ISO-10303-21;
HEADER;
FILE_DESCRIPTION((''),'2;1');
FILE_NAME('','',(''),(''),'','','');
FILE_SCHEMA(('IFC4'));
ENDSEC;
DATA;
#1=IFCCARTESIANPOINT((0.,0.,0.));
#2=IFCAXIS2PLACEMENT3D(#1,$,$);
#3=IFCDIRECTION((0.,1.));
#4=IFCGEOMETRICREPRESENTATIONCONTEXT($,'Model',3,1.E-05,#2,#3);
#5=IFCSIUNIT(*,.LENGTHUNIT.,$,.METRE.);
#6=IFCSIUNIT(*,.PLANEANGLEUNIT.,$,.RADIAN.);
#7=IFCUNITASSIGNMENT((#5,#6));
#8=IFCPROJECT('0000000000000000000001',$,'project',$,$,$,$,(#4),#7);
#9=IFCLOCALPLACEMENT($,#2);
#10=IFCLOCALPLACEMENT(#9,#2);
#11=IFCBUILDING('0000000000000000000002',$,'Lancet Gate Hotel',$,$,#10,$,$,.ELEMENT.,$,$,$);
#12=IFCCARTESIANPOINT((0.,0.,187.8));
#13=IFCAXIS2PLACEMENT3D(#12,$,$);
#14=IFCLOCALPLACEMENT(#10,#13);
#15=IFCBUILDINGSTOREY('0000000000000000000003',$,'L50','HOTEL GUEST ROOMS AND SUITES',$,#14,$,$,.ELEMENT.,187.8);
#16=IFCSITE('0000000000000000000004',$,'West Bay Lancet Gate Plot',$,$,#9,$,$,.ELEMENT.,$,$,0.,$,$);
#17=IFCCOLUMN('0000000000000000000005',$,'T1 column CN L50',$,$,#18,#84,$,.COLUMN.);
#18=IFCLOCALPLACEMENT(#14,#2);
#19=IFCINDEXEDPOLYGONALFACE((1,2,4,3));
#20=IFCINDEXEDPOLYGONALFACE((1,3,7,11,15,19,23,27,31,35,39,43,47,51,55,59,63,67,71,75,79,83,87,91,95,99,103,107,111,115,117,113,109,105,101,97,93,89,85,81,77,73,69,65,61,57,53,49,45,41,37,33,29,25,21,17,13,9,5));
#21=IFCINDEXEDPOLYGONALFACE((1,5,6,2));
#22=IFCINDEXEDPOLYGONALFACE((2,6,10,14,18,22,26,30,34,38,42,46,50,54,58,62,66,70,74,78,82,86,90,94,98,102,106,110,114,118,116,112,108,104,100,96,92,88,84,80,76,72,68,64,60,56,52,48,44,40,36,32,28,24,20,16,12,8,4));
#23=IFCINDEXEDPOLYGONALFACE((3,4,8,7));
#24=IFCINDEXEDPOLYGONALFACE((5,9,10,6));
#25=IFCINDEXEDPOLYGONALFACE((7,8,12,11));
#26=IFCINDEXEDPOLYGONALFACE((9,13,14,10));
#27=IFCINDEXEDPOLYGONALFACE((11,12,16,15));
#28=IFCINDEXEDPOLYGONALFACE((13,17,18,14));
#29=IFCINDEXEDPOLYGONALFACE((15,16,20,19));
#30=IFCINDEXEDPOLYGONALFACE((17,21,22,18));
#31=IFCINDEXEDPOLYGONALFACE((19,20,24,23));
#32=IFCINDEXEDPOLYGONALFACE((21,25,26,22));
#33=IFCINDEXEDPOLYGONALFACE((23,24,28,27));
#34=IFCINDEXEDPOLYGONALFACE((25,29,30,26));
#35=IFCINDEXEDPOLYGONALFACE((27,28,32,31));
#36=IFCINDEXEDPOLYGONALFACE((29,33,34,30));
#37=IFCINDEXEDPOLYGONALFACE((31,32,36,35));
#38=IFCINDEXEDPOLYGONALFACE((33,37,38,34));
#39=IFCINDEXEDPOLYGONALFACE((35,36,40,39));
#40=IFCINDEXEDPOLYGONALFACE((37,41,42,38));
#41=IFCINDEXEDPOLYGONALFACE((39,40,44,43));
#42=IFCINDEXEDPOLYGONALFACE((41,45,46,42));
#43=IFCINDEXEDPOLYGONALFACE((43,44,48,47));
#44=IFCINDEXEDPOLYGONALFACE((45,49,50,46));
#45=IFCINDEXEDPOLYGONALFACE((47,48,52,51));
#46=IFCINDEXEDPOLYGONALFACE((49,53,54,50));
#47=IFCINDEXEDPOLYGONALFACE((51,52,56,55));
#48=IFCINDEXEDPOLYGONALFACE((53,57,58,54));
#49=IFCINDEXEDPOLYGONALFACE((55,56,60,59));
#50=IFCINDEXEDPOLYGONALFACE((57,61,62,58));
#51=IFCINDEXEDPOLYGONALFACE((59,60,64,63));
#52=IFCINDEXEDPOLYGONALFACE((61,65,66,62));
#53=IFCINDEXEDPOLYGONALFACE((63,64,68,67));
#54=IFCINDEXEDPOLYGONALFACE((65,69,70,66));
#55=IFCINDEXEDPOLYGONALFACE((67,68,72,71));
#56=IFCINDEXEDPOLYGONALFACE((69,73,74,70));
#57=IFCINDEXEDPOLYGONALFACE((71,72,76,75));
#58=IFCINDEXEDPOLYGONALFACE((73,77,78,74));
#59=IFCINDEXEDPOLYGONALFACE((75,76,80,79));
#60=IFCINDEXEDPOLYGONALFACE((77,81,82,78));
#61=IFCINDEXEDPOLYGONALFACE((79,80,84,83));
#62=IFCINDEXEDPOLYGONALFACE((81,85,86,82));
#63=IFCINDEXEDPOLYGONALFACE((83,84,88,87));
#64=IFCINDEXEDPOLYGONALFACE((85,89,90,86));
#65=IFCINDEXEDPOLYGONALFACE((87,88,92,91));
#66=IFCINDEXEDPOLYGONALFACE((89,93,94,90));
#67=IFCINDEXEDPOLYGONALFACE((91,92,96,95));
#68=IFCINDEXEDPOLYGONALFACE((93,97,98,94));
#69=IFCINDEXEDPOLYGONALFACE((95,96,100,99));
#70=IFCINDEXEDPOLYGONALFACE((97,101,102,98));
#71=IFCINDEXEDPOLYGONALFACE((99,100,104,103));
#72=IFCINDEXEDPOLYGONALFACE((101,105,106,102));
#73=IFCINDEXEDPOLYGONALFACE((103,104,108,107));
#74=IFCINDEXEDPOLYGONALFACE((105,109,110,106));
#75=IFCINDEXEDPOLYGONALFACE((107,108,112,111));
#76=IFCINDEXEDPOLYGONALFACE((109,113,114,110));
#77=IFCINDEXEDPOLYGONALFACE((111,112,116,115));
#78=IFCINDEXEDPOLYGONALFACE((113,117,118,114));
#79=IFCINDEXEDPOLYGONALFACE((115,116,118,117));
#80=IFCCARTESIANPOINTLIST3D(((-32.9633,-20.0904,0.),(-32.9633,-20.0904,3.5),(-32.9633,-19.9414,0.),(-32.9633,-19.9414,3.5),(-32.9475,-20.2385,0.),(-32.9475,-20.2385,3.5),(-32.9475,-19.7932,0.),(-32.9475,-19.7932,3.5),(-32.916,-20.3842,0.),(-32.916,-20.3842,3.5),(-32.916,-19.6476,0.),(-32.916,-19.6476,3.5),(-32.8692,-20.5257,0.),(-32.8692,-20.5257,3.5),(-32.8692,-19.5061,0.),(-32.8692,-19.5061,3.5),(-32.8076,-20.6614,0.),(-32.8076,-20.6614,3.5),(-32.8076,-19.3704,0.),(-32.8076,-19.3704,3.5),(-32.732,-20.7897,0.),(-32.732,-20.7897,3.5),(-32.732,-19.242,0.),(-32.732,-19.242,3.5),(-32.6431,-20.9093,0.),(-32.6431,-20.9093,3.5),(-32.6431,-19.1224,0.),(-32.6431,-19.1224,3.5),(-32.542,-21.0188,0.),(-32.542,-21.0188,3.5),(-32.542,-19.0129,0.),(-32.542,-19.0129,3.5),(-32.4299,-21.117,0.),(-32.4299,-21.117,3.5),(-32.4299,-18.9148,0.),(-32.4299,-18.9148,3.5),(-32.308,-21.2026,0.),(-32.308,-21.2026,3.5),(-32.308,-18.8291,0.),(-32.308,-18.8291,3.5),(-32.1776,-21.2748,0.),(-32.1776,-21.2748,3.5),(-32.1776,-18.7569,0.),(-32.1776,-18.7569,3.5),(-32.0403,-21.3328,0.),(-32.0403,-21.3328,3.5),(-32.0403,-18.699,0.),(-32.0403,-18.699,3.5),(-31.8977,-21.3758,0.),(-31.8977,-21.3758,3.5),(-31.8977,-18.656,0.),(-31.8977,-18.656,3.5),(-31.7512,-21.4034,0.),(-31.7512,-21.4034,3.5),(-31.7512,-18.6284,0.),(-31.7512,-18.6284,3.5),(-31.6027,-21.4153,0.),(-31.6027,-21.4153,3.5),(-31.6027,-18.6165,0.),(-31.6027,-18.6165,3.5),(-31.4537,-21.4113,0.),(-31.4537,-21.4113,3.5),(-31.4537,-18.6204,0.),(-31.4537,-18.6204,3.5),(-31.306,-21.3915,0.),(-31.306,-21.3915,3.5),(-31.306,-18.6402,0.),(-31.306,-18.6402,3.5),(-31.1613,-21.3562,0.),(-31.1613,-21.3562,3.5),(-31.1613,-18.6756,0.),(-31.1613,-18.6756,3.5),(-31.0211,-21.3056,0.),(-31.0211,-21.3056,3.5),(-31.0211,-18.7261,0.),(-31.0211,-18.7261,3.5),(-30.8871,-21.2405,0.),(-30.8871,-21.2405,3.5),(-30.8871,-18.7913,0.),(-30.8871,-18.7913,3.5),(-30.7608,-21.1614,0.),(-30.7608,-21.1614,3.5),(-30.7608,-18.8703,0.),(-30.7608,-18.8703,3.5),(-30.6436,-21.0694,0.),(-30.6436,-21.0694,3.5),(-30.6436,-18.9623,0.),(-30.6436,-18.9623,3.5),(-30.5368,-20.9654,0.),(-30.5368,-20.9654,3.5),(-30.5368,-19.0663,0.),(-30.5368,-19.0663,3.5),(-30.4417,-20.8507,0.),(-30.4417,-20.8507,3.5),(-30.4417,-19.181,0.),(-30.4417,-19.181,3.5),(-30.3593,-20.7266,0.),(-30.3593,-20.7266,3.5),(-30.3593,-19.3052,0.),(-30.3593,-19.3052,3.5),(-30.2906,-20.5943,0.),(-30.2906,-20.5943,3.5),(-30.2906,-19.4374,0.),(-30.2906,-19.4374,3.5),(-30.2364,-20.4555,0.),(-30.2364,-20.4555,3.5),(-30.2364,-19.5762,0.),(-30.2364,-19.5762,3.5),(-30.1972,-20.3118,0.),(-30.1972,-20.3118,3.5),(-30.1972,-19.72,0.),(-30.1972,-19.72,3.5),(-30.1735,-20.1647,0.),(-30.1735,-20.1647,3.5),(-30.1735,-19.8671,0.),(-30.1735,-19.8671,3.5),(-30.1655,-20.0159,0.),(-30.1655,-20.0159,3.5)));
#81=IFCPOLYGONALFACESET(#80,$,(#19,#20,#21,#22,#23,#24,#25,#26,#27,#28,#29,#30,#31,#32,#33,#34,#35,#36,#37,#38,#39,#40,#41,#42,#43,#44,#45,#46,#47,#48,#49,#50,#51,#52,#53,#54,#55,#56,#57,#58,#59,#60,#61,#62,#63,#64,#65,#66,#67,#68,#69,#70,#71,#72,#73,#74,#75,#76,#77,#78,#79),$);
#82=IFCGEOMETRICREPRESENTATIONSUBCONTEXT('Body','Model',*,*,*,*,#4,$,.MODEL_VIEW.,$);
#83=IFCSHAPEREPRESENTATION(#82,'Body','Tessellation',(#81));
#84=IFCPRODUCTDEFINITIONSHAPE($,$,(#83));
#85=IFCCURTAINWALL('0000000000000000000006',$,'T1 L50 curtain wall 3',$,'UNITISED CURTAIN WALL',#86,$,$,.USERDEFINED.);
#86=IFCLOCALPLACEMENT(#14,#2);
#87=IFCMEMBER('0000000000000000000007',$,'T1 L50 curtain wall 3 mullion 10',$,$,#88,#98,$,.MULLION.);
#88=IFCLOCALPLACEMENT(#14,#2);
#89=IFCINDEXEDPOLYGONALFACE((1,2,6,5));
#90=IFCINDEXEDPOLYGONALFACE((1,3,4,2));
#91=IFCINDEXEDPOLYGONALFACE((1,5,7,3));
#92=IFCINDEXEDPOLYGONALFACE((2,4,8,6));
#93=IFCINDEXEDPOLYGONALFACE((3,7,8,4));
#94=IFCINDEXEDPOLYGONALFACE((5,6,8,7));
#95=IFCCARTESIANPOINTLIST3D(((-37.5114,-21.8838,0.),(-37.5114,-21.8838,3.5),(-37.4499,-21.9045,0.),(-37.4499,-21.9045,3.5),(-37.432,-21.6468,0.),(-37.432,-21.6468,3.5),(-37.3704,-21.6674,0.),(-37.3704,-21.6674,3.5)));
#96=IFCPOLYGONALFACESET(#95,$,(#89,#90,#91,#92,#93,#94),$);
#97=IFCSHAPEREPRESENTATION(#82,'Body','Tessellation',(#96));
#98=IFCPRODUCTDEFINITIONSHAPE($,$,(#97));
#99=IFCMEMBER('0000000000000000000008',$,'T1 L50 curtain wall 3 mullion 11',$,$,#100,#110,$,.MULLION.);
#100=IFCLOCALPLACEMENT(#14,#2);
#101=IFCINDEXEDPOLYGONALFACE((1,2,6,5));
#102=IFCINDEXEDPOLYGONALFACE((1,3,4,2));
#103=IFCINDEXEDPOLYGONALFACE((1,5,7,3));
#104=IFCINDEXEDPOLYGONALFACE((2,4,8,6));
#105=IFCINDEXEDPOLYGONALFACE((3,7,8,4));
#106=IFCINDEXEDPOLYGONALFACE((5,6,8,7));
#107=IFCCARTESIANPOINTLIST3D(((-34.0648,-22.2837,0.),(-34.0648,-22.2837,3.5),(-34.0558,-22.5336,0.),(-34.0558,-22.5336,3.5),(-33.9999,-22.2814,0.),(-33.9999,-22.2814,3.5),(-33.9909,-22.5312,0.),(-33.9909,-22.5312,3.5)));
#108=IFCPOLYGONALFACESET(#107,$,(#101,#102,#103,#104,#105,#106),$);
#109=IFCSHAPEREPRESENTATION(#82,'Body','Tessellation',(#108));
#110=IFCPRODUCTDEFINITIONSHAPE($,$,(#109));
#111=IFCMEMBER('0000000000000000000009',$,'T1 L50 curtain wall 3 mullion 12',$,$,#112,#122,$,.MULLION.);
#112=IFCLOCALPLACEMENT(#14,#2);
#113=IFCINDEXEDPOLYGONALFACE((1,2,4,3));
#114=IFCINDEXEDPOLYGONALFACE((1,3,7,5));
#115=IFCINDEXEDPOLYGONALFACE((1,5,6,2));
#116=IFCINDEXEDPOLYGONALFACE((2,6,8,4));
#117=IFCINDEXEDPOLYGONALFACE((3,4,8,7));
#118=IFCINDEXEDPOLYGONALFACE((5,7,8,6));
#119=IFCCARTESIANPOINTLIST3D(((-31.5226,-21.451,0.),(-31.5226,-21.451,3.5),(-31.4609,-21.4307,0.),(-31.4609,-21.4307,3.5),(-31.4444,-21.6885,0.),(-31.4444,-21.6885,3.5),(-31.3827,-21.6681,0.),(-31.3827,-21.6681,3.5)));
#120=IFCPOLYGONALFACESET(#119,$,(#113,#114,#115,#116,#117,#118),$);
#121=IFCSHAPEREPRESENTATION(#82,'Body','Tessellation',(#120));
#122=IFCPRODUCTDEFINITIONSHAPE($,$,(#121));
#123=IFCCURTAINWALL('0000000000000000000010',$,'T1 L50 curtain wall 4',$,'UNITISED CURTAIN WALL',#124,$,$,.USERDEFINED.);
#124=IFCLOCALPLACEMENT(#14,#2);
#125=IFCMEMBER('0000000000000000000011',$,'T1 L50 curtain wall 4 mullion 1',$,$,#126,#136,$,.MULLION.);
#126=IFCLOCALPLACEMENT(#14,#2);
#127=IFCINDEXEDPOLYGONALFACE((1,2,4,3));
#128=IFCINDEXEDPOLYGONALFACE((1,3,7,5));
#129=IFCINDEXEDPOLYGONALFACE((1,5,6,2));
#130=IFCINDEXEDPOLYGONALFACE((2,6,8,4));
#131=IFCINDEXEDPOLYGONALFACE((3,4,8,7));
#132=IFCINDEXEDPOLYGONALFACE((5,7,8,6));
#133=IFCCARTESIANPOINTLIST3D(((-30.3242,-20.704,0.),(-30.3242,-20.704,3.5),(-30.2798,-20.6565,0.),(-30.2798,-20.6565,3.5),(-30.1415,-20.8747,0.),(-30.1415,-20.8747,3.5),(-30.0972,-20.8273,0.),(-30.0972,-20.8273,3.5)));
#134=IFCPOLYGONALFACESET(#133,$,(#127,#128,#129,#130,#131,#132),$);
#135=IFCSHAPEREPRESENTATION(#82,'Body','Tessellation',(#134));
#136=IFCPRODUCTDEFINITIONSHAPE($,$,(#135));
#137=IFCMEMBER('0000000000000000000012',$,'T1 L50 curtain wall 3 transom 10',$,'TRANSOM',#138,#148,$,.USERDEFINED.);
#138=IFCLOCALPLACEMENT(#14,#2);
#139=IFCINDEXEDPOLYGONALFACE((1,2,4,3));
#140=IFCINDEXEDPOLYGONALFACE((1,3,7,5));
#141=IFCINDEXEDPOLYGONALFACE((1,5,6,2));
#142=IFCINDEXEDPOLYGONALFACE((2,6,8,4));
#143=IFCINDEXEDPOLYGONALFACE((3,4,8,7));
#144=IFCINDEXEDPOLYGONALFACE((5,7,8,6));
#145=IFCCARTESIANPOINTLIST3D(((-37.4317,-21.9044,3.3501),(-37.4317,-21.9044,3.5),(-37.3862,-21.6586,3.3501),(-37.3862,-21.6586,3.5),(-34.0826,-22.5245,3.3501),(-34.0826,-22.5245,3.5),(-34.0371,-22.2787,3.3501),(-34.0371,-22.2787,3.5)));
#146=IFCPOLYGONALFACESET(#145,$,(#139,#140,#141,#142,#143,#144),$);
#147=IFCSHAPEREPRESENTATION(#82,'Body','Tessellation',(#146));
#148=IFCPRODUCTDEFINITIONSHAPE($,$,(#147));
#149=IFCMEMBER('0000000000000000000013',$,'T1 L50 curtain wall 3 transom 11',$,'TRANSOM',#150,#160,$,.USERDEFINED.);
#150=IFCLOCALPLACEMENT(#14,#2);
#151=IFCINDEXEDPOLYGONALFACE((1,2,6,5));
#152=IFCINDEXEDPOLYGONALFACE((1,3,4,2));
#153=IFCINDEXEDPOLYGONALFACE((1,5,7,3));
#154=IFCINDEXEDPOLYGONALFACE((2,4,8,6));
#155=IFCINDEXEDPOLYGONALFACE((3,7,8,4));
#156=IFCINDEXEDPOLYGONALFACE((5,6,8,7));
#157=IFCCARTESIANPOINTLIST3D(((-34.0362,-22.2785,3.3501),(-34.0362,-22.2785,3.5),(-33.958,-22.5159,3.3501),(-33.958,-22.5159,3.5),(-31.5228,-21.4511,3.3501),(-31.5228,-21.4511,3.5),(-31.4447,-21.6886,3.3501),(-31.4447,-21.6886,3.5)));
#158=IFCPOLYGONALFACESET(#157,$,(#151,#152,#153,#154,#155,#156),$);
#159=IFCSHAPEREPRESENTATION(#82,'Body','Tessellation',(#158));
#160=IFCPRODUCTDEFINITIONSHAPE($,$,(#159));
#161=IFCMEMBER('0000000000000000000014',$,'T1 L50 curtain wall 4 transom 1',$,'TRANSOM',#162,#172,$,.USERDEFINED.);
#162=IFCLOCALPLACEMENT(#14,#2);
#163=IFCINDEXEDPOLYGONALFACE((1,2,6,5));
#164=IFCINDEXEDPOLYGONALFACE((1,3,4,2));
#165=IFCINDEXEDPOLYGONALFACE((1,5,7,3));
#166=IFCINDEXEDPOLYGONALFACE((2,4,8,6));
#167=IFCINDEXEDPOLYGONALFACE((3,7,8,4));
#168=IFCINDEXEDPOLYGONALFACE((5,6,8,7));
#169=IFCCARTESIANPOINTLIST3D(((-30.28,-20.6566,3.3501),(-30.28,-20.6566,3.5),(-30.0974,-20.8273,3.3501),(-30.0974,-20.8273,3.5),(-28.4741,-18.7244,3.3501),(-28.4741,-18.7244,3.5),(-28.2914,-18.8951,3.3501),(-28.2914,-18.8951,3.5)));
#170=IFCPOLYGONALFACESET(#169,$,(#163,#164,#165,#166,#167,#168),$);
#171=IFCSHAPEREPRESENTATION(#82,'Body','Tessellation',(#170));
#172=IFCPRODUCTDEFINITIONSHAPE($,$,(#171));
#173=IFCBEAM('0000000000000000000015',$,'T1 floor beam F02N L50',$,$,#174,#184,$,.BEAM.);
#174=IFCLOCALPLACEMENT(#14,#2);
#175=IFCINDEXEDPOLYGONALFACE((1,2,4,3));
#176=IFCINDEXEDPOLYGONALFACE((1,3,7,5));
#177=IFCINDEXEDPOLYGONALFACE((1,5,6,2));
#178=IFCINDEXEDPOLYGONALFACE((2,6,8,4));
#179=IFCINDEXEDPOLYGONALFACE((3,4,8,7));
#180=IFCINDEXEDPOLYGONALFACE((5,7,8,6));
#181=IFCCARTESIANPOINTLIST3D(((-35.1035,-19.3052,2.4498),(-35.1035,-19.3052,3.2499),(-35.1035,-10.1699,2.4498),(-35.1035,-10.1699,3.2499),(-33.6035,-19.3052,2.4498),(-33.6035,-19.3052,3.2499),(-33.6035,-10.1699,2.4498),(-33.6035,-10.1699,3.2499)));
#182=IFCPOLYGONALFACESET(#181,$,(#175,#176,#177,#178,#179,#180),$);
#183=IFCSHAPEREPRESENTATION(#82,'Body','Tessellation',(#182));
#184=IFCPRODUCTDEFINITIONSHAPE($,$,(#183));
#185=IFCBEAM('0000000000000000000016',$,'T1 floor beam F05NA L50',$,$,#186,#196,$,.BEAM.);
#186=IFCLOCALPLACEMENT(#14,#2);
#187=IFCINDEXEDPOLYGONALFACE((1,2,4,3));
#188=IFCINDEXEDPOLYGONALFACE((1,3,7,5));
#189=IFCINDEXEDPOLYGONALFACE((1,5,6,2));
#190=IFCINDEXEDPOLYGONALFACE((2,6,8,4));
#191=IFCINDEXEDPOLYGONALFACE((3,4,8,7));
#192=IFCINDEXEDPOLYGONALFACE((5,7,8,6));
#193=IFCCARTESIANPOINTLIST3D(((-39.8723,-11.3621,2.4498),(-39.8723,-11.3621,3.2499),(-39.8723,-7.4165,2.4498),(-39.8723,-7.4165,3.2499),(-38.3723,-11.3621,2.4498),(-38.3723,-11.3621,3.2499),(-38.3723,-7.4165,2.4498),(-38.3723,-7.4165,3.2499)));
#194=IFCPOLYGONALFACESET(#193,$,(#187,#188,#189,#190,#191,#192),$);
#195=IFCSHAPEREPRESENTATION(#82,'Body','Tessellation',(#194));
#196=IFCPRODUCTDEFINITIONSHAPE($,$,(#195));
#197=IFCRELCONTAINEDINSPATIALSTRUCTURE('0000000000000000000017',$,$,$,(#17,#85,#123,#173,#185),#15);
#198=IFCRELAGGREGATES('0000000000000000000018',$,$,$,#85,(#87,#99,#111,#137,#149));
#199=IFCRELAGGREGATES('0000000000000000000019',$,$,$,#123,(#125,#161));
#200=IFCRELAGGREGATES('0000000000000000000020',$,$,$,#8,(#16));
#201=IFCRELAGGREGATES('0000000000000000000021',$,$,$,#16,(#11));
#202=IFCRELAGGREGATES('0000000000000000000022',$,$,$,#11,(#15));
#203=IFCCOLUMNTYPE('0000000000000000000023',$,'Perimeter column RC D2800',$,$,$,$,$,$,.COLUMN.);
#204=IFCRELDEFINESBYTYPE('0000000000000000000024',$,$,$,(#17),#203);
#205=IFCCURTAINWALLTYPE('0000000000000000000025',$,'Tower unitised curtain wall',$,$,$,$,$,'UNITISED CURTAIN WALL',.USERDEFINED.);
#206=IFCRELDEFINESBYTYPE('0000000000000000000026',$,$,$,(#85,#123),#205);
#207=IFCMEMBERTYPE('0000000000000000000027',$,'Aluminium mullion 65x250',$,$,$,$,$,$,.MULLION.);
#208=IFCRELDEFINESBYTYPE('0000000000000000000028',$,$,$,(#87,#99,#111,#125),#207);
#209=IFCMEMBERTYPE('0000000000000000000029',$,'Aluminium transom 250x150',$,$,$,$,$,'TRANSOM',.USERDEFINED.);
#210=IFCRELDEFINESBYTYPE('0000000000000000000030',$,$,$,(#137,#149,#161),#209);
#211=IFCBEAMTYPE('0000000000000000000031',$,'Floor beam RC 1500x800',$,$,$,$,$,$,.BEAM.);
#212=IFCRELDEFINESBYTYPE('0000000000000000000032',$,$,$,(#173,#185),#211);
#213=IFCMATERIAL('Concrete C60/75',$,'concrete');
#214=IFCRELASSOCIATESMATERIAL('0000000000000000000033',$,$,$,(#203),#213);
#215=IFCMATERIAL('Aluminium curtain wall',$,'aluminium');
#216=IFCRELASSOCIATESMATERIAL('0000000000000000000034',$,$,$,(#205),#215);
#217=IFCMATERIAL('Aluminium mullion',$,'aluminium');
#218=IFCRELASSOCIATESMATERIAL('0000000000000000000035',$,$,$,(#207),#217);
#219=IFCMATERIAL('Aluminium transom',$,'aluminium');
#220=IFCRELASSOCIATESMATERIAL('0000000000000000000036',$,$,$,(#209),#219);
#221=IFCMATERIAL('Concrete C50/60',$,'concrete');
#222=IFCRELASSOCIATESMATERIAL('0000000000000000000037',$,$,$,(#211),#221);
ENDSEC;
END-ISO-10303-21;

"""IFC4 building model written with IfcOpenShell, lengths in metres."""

from ifc_helpers import new_model, si_unit, direction, frame, origin, origin_2d, place, context, subcontext, project, spatial, rectangle, circle, extrude, material, material_profile, profile_set, type_object, element, aggregate, save


model = new_model("IFC4")

# Units and contexts
model_context = context("Model", 3, precision=1e-05, world=origin(), true_north=direction((0.0, 1.0)))
body_context = subcontext(model_context, "Body", "Model", "MODEL_VIEW")
ifc_project = project(units=[si_unit("LENGTHUNIT", "METRE"), si_unit("PLANEANGLEUNIT", "RADIAN")], contexts=[model_context])

# Site, building, storey
site_placement = place(None, origin())
site = spatial("IfcSite", under=ifc_project, at=site_placement, Name="West Bay Lancet Gate Plot", CompositionType="ELEMENT", RefElevation=0.0)
building_placement = place(site_placement, origin())
building = spatial("IfcBuilding", under=site, at=building_placement, Name="Lancet Gate Hotel", CompositionType="ELEMENT")
storey_placement = place(building_placement, frame((0.0, 0.0, 187.8)))
storey = spatial("IfcBuildingStorey", under=building, at=storey_placement, Name="L50", Description="HOTEL GUEST ROOMS AND SUITES", CompositionType="ELEMENT", Elevation=187.8)

# Column
ifc_material_1 = material(Name="Concrete C60/75", Category="concrete")
ifc_material_profile_1 = material_profile(ifc_material_1, circle(Radius=1.3999, at=origin_2d()), Name="RC D2800")
ifc_profile_set_1 = profile_set([ifc_material_profile_1], Name="Concrete C60/75")
column_type = type_object("IfcColumnType", Name="Perimeter column RC D2800", PredefinedType="COLUMN", material=ifc_profile_set_1)
column_placement = place(storey_placement, frame((-31.5654, -20.0159, 0.0), z_axis=(0.0, 0.0, 1.0), x_axis=(1.0, 0.0, 0.0)))
element("IfcColumn", 1, at=column_placement, inside=storey, type_object=column_type, Name="T1 column CN L50", PredefinedType="COLUMN", context=body_context, shape_type="SweptSolid", body=[
    extrude(circle(Radius=1.3999, at=origin_2d()), origin(), (0.0, 0.0, 1.0), 3.5),
])

# Curtain wall, members
ifc_material_2 = material(Name="Aluminium curtain wall", Category="aluminium")
curtain_wall_type = type_object("IfcCurtainWallType", Name="Tower unitised curtain wall", ElementType="UNITISED CURTAIN WALL", PredefinedType="USERDEFINED", material=ifc_material_2)
curtain_wall_1_placement = place(storey_placement, origin())
curtain_wall_1 = element("IfcCurtainWall", 2, at=curtain_wall_1_placement, inside=storey, type_object=curtain_wall_type, Name="T1 L50 curtain wall 3", ObjectType="UNITISED CURTAIN WALL", PredefinedType="USERDEFINED")
ifc_material_3 = material(Name="Aluminium mullion", Category="aluminium")
ifc_material_profile_2 = material_profile(ifc_material_3, rectangle(XDim=0.0649, YDim=0.25, at=origin_2d()), Name="MULLION 65x250")
ifc_profile_set_2 = profile_set([ifc_material_profile_2], Name="Aluminium mullion")
member_type_1 = type_object("IfcMemberType", Name="Aluminium mullion 65x250", PredefinedType="MULLION", material=ifc_profile_set_2)
member_1_placement = place(storey_placement, frame((-37.4409, -21.7756, 0.0), z_axis=(0.0, 0.0, 1.0), x_axis=(0.948119, -0.317915, 0.0)))
member_1 = element("IfcMember", 3, at=member_1_placement, type_object=member_type_1, Name="T1 L50 curtain wall 3 mullion 10", PredefinedType="MULLION", context=body_context, shape_type="SweptSolid", body=[
    extrude(rectangle(XDim=0.0649, YDim=0.25, at=origin_2d()), origin(), (0.0, 0.0, 1.0), 3.5),
])
member_2_placement = place(storey_placement, frame((-34.0278, -22.4075, 0.0), z_axis=(0.0, 0.0, 1.0), x_axis=(0.99935, 0.036037, 0.0)))
member_2 = element("IfcMember", 4, at=member_2_placement, type_object=member_type_1, Name="T1 L50 curtain wall 3 mullion 11", PredefinedType="MULLION", context=body_context, shape_type="SweptSolid", body=[
    extrude(rectangle(XDim=0.0649, YDim=0.25, at=origin_2d()), origin(), (0.0, 0.0, 1.0), 3.5),
])
member_3_placement = place(storey_placement, frame((-31.4526, -21.5596, 0.0), z_axis=(0.0, 0.0, 1.0), x_axis=(0.949848, 0.312712, 0.0)))
member_3 = element("IfcMember", 5, at=member_3_placement, type_object=member_type_1, Name="T1 L50 curtain wall 3 mullion 12", PredefinedType="MULLION", context=body_context, shape_type="SweptSolid", body=[
    extrude(rectangle(XDim=0.0649, YDim=0.25, at=origin_2d()), origin(), (0.0, 0.0, 1.0), 3.5),
])

# Curtain wall, member
curtain_wall_2_placement = place(storey_placement, origin())
curtain_wall_2 = element("IfcCurtainWall", 6, at=curtain_wall_2_placement, inside=storey, type_object=curtain_wall_type, Name="T1 L50 curtain wall 4", ObjectType="UNITISED CURTAIN WALL", PredefinedType="USERDEFINED")
member_4_placement = place(storey_placement, frame((-30.2107, -20.7656, 0.0), z_axis=(0.0, 0.0, 1.0), x_axis=(0.682845, 0.730563, 0.0)))
member_4 = element("IfcMember", 7, at=member_4_placement, type_object=member_type_1, Name="T1 L50 curtain wall 4 mullion 1", PredefinedType="MULLION", context=body_context, shape_type="SweptSolid", body=[
    extrude(rectangle(XDim=0.0649, YDim=0.25, at=origin_2d()), origin(), (0.0, 0.0, 1.0), 3.5),
])

# Members
ifc_material_4 = material(Name="Aluminium transom", Category="aluminium")
ifc_material_profile_3 = material_profile(ifc_material_4, rectangle(XDim=0.25, YDim=0.1499, at=origin_2d()), Name="TRANSOM 250x150")
ifc_profile_set_3 = profile_set([ifc_material_profile_3], Name="Aluminium transom")
member_type_2 = type_object("IfcMemberType", Name="Aluminium transom 250x150", ElementType="TRANSOM", PredefinedType="USERDEFINED", material=ifc_profile_set_3)
member_5_placement = place(storey_placement, frame((-37.4089, -21.7815, 3.425), z_axis=(0.983287, -0.182064, 0.0), x_axis=(0.182064, 0.983287, 0.0)))
member_5 = element("IfcMember", 8, at=member_5_placement, type_object=member_type_2, Name="T1 L50 curtain wall 3 transom 10", ObjectType="TRANSOM", PredefinedType="USERDEFINED", context=body_context, shape_type="SweptSolid", body=[
    extrude(rectangle(XDim=0.25, YDim=0.1499, at=origin_2d()), origin(), (0.0, 0.0, 1.0), 3.406),
])
member_6_placement = place(storey_placement, frame((-33.9971, -22.3972, 3.425), z_axis=(0.949858, 0.312683, 0.0), x_axis=(-0.312683, 0.949858, 0.0)))
member_6 = element("IfcMember", 9, at=member_6_placement, type_object=member_type_2, Name="T1 L50 curtain wall 3 transom 11", ObjectType="TRANSOM", PredefinedType="USERDEFINED", context=body_context, shape_type="SweptSolid", body=[
    extrude(rectangle(XDim=0.25, YDim=0.1499, at=origin_2d()), origin(), (0.0, 0.0, 1.0), 2.646),
])
member_7_placement = place(storey_placement, frame((-30.1887, -20.7419, 3.425), z_axis=(0.682841, 0.730567, 0.0), x_axis=(-0.730567, 0.682841, 0.0)))
member_7 = element("IfcMember", 10, at=member_7_placement, type_object=member_type_2, Name="T1 L50 curtain wall 4 transom 1", ObjectType="TRANSOM", PredefinedType="USERDEFINED", context=body_context, shape_type="SweptSolid", body=[
    extrude(rectangle(XDim=0.25, YDim=0.1499, at=origin_2d()), origin(), (0.0, 0.0, 1.0), 2.6448),
])

# Beams
ifc_material_5 = material(Name="Concrete C50/60", Category="concrete")
ifc_material_profile_4 = material_profile(ifc_material_5, rectangle(XDim=1.5, YDim=0.8, at=origin_2d()), Name="RC 1500x800")
ifc_profile_set_4 = profile_set([ifc_material_profile_4], Name="Concrete C50/60")
beam_type_1 = type_object("IfcBeamType", Name="Floor beam RC 1500x800", PredefinedType="BEAM", material=ifc_profile_set_4)
beam_1_placement = place(storey_placement, frame((-34.3535, -10.1699, 2.8499), z_axis=(0.0, -1.0, 0.0), x_axis=(1.0, 0.0, 0.0)))
element("IfcBeam", 11, at=beam_1_placement, inside=storey, type_object=beam_type_1, Name="T1 floor beam F02N L50", PredefinedType="BEAM", context=body_context, shape_type="SweptSolid", body=[
    extrude(rectangle(XDim=1.5, YDim=0.8, at=origin_2d()), origin(), (0.0, 0.0, 1.0), 9.1353),
])
beam_2_placement = place(storey_placement, frame((-39.1223, -7.4165, 2.8499), z_axis=(0.0, -1.0, 0.0), x_axis=(1.0, 0.0, 0.0)))
element("IfcBeam", 12, at=beam_2_placement, inside=storey, type_object=beam_type_1, Name="T1 floor beam F05NA L50", PredefinedType="BEAM", context=body_context, shape_type="SweptSolid", body=[
    extrude(rectangle(XDim=1.5, YDim=0.8, at=origin_2d()), origin(), (0.0, 0.0, 1.0), 3.9456),
])

aggregate(curtain_wall_1, [member_1, member_2, member_3, member_5, member_6])
aggregate(curtain_wall_2, [member_4, member_7])

save(model, "model.ifc")
